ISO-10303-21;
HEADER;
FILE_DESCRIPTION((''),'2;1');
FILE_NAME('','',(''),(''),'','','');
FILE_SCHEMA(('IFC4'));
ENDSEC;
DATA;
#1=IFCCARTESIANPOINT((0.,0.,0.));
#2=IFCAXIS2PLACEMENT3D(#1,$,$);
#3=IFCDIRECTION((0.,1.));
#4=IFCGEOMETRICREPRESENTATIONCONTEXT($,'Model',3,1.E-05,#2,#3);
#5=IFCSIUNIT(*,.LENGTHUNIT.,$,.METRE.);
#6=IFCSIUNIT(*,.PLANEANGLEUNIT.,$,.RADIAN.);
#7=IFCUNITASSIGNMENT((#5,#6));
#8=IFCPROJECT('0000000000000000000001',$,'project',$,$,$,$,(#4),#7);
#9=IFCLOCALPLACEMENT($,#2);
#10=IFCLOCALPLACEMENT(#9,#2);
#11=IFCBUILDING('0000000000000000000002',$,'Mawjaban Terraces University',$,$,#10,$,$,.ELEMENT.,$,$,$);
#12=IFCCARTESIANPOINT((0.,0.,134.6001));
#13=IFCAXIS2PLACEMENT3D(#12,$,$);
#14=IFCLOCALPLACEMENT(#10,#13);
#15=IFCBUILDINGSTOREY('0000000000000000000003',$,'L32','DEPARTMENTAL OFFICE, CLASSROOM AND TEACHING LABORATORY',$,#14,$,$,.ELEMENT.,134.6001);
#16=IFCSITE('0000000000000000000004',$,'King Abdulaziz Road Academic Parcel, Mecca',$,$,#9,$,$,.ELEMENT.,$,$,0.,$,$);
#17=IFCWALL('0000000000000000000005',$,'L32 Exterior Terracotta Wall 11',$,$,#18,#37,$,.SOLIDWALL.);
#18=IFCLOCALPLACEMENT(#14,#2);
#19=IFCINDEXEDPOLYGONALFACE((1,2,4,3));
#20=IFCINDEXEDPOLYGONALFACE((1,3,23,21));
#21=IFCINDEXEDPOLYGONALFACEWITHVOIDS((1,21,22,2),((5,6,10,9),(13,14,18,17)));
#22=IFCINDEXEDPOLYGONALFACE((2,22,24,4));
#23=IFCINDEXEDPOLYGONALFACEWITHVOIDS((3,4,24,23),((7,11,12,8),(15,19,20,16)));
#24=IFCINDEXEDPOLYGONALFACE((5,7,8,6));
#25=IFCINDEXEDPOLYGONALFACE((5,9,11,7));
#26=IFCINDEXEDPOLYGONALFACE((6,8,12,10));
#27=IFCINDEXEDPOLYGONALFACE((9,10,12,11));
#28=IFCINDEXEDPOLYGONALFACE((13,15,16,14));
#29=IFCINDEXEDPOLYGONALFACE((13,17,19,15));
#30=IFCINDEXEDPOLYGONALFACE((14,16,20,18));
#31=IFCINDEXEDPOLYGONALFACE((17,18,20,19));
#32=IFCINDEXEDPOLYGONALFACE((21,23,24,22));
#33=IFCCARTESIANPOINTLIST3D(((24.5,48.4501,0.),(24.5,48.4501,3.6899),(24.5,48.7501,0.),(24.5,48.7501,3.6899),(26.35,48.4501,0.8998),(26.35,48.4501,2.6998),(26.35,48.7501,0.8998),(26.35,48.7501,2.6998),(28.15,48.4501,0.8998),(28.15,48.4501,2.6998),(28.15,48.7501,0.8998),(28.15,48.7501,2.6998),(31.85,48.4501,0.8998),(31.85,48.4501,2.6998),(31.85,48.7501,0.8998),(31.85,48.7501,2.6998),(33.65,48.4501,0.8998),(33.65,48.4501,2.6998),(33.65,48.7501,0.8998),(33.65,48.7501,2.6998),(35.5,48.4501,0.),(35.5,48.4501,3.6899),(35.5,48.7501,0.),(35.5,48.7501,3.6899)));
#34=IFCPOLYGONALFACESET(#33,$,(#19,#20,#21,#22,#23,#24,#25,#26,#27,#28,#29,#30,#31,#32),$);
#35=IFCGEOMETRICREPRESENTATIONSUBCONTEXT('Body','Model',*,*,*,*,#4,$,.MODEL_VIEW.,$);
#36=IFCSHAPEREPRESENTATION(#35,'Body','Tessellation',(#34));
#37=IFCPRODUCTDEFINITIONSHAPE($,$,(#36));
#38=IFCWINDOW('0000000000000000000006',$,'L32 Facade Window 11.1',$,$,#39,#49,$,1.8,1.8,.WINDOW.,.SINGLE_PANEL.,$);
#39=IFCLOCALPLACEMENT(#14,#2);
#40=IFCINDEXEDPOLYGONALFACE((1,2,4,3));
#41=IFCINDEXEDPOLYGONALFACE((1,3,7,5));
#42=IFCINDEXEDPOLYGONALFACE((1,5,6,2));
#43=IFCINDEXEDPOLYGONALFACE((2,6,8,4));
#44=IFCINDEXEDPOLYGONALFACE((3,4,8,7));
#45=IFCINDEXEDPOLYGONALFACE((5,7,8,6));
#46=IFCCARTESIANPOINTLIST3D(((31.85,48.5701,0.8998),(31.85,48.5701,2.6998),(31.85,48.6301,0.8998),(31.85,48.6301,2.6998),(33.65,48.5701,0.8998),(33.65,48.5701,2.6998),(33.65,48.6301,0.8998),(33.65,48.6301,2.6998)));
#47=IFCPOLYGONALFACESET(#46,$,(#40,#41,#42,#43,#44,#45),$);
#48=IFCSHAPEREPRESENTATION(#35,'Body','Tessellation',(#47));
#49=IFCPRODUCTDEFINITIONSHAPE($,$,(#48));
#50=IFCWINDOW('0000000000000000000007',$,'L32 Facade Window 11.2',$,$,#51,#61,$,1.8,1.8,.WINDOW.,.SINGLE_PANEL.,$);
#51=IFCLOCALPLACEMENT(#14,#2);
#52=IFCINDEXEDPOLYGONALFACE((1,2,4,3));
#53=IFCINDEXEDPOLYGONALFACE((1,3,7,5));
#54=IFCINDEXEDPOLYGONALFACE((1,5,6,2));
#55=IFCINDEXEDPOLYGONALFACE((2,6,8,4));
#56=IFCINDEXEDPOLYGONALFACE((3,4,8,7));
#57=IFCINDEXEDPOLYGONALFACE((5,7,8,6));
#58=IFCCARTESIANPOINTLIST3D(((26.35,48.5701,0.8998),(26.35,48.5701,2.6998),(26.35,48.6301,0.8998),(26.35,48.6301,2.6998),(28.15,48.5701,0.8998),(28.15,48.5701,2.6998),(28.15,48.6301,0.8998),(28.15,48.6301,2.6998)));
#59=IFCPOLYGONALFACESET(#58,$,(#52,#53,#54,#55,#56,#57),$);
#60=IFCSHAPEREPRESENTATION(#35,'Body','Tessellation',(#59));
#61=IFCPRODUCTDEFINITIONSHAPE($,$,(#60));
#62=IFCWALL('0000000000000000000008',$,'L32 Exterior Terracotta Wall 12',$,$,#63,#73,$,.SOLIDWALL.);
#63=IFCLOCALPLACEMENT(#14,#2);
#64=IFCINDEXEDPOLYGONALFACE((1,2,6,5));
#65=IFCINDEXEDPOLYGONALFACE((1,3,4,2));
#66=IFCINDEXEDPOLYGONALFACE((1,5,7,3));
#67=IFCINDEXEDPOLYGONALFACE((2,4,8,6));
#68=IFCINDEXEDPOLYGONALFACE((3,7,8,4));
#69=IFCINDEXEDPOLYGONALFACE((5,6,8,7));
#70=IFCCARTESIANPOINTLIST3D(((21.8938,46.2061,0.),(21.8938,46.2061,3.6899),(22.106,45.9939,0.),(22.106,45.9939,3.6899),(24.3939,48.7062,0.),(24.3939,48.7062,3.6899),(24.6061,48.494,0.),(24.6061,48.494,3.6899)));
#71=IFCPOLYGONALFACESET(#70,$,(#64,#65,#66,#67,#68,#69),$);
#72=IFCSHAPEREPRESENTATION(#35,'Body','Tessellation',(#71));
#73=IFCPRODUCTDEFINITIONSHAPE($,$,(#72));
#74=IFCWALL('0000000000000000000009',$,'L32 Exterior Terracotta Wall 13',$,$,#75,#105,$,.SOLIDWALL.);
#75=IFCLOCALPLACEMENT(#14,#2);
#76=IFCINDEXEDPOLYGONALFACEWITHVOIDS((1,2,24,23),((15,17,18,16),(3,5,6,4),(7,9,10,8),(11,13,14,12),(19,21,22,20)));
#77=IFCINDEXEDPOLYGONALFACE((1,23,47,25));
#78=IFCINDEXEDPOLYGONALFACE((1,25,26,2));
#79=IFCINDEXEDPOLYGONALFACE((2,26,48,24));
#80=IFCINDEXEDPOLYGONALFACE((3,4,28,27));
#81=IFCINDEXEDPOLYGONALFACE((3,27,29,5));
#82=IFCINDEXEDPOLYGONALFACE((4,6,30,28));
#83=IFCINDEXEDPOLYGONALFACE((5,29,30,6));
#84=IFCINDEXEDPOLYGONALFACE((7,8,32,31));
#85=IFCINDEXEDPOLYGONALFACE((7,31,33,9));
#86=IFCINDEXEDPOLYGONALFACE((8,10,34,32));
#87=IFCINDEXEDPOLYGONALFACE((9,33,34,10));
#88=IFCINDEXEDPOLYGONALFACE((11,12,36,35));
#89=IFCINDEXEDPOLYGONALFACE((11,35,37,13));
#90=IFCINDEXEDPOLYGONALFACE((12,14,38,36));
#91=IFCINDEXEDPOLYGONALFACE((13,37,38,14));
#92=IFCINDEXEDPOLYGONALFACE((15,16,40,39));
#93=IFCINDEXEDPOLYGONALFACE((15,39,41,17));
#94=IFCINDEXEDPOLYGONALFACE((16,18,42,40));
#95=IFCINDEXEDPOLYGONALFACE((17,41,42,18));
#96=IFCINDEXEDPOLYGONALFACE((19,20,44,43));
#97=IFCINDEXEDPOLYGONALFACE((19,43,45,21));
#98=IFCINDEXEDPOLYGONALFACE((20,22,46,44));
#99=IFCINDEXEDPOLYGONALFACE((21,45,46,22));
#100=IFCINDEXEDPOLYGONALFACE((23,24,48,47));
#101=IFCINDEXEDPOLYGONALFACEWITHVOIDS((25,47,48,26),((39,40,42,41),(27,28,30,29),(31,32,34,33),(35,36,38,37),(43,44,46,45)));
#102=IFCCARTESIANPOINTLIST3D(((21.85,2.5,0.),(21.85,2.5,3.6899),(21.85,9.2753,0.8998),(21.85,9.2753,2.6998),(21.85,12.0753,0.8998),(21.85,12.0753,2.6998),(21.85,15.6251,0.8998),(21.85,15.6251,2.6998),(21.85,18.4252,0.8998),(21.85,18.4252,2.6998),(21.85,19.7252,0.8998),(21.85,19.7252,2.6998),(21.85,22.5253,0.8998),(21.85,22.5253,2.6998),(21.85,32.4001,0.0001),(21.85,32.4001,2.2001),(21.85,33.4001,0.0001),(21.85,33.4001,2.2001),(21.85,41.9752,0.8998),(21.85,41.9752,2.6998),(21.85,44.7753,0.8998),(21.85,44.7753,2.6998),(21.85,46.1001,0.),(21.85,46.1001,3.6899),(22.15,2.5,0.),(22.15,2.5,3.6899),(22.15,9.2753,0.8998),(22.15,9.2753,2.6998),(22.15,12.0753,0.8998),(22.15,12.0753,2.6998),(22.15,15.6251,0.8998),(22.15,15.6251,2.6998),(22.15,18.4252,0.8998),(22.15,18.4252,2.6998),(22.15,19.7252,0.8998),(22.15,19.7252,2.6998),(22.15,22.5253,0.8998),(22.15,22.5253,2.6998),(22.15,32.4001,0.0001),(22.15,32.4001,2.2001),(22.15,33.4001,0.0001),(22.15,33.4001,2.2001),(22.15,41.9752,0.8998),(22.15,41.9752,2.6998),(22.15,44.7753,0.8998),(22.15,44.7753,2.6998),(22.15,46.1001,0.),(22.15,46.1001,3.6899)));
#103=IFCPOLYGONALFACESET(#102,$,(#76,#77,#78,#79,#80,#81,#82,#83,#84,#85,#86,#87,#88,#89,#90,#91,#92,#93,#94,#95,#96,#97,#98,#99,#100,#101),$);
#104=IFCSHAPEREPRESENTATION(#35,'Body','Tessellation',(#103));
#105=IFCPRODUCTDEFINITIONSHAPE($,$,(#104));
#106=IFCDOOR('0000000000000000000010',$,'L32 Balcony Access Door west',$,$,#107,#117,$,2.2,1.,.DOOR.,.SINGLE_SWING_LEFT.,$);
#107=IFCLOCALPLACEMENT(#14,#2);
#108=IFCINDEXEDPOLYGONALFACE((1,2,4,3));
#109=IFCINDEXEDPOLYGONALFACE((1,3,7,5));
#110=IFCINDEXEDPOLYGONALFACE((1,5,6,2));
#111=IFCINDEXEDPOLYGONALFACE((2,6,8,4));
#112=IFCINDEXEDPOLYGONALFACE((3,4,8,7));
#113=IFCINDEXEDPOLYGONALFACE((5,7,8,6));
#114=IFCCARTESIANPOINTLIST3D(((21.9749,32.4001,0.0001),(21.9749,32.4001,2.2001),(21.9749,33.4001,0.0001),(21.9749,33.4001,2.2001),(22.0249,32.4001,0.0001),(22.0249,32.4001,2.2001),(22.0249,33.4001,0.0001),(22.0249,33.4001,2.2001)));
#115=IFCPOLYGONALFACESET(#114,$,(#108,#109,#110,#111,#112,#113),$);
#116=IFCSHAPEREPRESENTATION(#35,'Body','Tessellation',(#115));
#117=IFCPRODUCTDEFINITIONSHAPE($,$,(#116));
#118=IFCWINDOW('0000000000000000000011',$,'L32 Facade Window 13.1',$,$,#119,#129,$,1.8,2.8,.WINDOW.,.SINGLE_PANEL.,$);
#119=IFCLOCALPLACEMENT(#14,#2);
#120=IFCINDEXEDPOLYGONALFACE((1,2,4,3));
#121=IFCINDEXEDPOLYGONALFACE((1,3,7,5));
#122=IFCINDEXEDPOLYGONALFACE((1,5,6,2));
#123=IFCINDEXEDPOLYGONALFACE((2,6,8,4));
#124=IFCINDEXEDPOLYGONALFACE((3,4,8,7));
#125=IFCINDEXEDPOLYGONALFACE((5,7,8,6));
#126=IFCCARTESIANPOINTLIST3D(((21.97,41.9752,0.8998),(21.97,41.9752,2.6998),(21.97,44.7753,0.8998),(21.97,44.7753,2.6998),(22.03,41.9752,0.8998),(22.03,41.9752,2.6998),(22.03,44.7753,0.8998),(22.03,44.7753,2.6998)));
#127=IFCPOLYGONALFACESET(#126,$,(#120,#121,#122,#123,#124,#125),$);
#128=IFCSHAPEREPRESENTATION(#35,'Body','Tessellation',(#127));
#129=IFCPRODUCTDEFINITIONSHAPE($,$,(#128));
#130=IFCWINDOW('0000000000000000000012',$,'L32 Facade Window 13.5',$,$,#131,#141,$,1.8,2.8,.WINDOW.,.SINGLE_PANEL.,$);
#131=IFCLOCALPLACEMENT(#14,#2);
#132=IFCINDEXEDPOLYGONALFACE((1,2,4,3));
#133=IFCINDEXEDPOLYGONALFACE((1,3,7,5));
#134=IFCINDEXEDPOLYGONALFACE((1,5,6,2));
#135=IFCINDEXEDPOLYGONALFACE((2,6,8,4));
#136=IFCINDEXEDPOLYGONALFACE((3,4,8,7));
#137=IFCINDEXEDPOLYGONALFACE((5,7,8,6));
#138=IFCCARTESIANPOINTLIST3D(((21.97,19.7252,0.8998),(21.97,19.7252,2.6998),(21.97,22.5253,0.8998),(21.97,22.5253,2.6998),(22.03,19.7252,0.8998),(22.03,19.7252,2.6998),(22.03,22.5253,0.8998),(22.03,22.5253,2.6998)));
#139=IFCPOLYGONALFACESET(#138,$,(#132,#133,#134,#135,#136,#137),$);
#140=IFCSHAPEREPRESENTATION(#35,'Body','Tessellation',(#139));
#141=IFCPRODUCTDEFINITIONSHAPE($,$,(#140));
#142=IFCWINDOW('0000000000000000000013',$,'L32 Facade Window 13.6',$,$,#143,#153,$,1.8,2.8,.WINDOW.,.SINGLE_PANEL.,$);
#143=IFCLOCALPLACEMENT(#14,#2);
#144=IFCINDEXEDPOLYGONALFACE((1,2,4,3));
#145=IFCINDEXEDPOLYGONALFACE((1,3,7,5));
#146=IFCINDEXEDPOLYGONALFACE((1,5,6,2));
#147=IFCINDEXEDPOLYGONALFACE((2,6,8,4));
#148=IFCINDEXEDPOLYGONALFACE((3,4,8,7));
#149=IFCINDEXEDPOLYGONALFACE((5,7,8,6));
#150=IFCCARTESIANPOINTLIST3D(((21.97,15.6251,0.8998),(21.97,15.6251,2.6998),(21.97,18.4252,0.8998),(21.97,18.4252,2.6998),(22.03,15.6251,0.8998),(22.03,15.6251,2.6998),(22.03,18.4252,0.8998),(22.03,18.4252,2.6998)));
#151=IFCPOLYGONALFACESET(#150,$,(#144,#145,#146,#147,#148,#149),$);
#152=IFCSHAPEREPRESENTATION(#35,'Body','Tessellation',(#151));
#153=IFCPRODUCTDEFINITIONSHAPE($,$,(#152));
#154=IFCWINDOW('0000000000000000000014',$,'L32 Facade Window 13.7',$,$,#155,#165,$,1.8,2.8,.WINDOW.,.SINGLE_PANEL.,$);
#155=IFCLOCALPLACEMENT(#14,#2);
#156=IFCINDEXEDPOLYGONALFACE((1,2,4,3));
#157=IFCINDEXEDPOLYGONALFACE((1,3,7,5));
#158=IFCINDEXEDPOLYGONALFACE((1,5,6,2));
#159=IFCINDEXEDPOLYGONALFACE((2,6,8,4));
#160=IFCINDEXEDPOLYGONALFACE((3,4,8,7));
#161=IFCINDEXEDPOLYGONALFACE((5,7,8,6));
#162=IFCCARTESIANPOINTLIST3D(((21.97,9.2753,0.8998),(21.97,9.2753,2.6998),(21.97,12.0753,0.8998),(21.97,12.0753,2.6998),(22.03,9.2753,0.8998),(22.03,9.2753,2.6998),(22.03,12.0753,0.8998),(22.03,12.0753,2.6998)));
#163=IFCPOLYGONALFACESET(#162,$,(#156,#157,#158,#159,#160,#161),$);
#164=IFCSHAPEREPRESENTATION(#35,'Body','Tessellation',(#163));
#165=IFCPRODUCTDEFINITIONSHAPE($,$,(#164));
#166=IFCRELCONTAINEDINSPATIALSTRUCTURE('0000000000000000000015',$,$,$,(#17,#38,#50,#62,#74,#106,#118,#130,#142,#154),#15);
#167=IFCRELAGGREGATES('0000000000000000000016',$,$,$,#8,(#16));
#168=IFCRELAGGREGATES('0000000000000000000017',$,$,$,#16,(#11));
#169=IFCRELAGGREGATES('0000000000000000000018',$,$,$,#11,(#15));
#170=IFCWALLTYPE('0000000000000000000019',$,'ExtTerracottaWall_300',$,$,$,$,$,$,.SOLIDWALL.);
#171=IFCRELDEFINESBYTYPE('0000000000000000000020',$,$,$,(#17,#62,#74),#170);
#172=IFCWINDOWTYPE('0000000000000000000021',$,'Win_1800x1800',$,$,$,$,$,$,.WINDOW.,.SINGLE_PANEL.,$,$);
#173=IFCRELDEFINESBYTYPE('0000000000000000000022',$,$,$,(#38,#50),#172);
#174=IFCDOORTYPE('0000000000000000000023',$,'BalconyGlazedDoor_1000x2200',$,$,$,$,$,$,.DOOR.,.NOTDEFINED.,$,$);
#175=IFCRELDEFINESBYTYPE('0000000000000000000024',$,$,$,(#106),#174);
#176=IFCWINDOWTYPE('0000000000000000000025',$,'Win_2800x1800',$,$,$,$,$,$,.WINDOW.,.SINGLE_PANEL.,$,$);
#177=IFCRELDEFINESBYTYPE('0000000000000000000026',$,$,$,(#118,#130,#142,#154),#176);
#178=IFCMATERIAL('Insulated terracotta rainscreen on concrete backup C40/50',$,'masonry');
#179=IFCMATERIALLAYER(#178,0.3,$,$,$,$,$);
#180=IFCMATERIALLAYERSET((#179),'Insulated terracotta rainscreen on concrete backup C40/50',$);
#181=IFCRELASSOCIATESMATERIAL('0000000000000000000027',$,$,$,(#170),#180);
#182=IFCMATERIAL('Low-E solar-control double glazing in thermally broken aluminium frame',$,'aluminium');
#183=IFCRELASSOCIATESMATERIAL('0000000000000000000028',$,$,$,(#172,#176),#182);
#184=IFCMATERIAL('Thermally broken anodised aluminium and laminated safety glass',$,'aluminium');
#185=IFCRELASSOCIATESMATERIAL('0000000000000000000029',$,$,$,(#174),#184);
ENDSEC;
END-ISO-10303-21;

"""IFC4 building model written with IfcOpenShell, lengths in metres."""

from ifc_helpers import new_model, si_unit, direction, frame, frame_2d, origin, place, context, subcontext, project, spatial, rectangle, extrude, material, layer, layer_set, type_object, element, fill, save


model = new_model("IFC4")

# Units and contexts
model_context = context("Model", 3, precision=1e-05, world=origin(), true_north=direction((0.0, 1.0)))
body_context = subcontext(model_context, "Body", "Model", "MODEL_VIEW")
ifc_project = project(units=[si_unit("LENGTHUNIT", "METRE"), si_unit("PLANEANGLEUNIT", "RADIAN")], contexts=[model_context])

# Site, building, storey
site_placement = place(None, origin())
site = spatial("IfcSite", under=ifc_project, at=site_placement, Name="King Abdulaziz Road Academic Parcel, Mecca", CompositionType="ELEMENT", RefElevation=0.0)
building_placement = place(site_placement, origin())
building = spatial("IfcBuilding", under=site, at=building_placement, Name="Mawjaban Terraces University", CompositionType="ELEMENT")
storey_placement = place(building_placement, frame((0.0, 0.0, 134.6001)))
storey = spatial("IfcBuildingStorey", under=building, at=storey_placement, Name="L32", Description="DEPARTMENTAL OFFICE, CLASSROOM AND TEACHING LABORATORY", CompositionType="ELEMENT", Elevation=134.6001)

# Wall, openings, windows
ifc_material_1 = material(Name="Insulated terracotta rainscreen on concrete backup C40/50", Category="masonry")
ifc_layer_1 = layer(ifc_material_1, 0.3)
ifc_layer_set_1 = layer_set([ifc_layer_1], Name="Insulated terracotta rainscreen on concrete backup C40/50")
wall_type_1 = type_object("IfcWallType", Name="ExtTerracottaWall_300", PredefinedType="SOLIDWALL", material=ifc_layer_set_1)
wall_1_placement = place(storey_placement, frame((35.5, 48.6001, 0.0), z_axis=(0.0, 0.0, 1.0), x_axis=(-1.0, 0.0, 0.0)))
wall_1 = element("IfcWall", 1, at=wall_1_placement, inside=storey, type_object=wall_type_1, Name="L32 Exterior Terracotta Wall 11", PredefinedType="SOLIDWALL", context=body_context, shape_type="SweptSolid", body=[
    extrude(rectangle(XDim=11.0, YDim=0.3, at=frame_2d((5.5, 0.0))), origin(), (0.0, 0.0, 1.0), 3.6899),
])
opening_1_placement = place(wall_1_placement, frame((1.8501, 0.0, 0.8999)))
opening_1 = element("IfcOpeningElement", 2, at=opening_1_placement, cuts=wall_1, PredefinedType="OPENING", context=body_context, shape_type="SweptSolid", body=[
    extrude(rectangle(XDim=1.8, YDim=1.8, at=frame_2d((0.8999, 0.8999))), frame((0.0, 0.1599, 0.0), z_axis=(0.0, -1.0, 0.0), x_axis=(1.0, 0.0, 0.0)), (0.0, 0.0, 1.0), 0.3201),
])
opening_2_placement = place(wall_1_placement, frame((7.3501, 0.0, 0.8999)))
opening_2 = element("IfcOpeningElement", 3, at=opening_2_placement, cuts=wall_1, PredefinedType="OPENING", context=body_context, shape_type="SweptSolid", body=[
    extrude(rectangle(XDim=1.8, YDim=1.8, at=frame_2d((0.8999, 0.8999))), frame((0.0, 0.1599, 0.0), z_axis=(0.0, -1.0, 0.0), x_axis=(1.0, 0.0, 0.0)), (0.0, 0.0, 1.0), 0.3201),
])
ifc_material_2 = material(Name="Low-E solar-control double glazing in thermally broken aluminium frame", Category="aluminium")
window_type_1 = type_object("IfcWindowType", Name="Win_1800x1800", PartitioningType="SINGLE_PANEL", PredefinedType="WINDOW", material=ifc_material_2)
window_1_placement = place(opening_1_placement, origin())
window_1 = element("IfcWindow", 4, at=window_1_placement, inside=storey, type_object=window_type_1, Name="L32 Facade Window 11.1", OverallHeight=1.8, OverallWidth=1.8, PartitioningType="SINGLE_PANEL", PredefinedType="WINDOW", context=body_context, shape_type="SweptSolid", body=[
    extrude(rectangle(XDim=1.8, YDim=1.8, at=frame_2d((0.8999, 0.8999))), frame((0.0, 0.03, 0.0), z_axis=(0.0, -1.0, 0.0), x_axis=(1.0, 0.0, 0.0)), (0.0, 0.0, 1.0), 0.0601),
])
fill(opening_1, window_1)
window_2_placement = place(opening_2_placement, origin())
window_2 = element("IfcWindow", 5, at=window_2_placement, inside=storey, type_object=window_type_1, Name="L32 Facade Window 11.2", OverallHeight=1.8, OverallWidth=1.8, PartitioningType="SINGLE_PANEL", PredefinedType="WINDOW", context=body_context, shape_type="SweptSolid", body=[
    extrude(rectangle(XDim=1.8, YDim=1.8, at=frame_2d((0.8999, 0.8999))), frame((0.0, 0.03, 0.0), z_axis=(0.0, -1.0, 0.0), x_axis=(1.0, 0.0, 0.0)), (0.0, 0.0, 1.0), 0.0601),
])
fill(opening_2, window_2)

# Wall
wall_2_placement = place(storey_placement, frame((24.5, 48.6001, 0.0), z_axis=(0.0, 0.0, 1.0), x_axis=(-0.707107, -0.707107, 0.0)))
element("IfcWall", 6, at=wall_2_placement, inside=storey, type_object=wall_type_1, Name="L32 Exterior Terracotta Wall 12", PredefinedType="SOLIDWALL", context=body_context, shape_type="SweptSolid", body=[
    extrude(rectangle(XDim=3.5356, YDim=0.3, at=frame_2d((1.7678, 0.0))), origin(), (0.0, 0.0, 1.0), 3.6899),
])

# Wall, openings, door, windows
wall_3_placement = place(storey_placement, frame((22.0, 46.1001, 0.0), z_axis=(0.0, 0.0, 1.0), x_axis=(0.0, -1.0, 0.0)))
wall_3 = element("IfcWall", 7, at=wall_3_placement, inside=storey, type_object=wall_type_1, Name="L32 Exterior Terracotta Wall 13", PredefinedType="SOLIDWALL", context=body_context, shape_type="SweptSolid", body=[
    extrude(rectangle(XDim=43.6001, YDim=0.3, at=frame_2d((21.8, 0.0))), origin(), (0.0, 0.0, 1.0), 3.6899),
])
opening_3_placement = place(wall_3_placement, frame((12.7, 0.0, 0.0)))
opening_3 = element("IfcOpeningElement", 8, at=opening_3_placement, cuts=wall_3, PredefinedType="OPENING", context=body_context, shape_type="SweptSolid", body=[
    extrude(rectangle(XDim=1.0, YDim=2.2, at=frame_2d((0.5, 1.1001))), frame((0.0, 0.1599, 0.0), z_axis=(0.0, -1.0, 0.0), x_axis=(1.0, 0.0, 0.0)), (0.0, 0.0, 1.0), 0.3201),
])
opening_4_placement = place(wall_3_placement, frame((1.325, 0.0, 0.8999)))
opening_4 = element("IfcOpeningElement", 9, at=opening_4_placement, cuts=wall_3, PredefinedType="OPENING", context=body_context, shape_type="SweptSolid", body=[
    extrude(rectangle(XDim=2.8, YDim=1.8, at=frame_2d((1.3999, 0.8999))), frame((0.0, 0.1599, 0.0), z_axis=(0.0, -1.0, 0.0), x_axis=(1.0, 0.0, 0.0)), (0.0, 0.0, 1.0), 0.3201),
])
opening_5_placement = place(wall_3_placement, frame((23.575, 0.0, 0.8999)))
opening_5 = element("IfcOpeningElement", 10, at=opening_5_placement, cuts=wall_3, PredefinedType="OPENING", context=body_context, shape_type="SweptSolid", body=[
    extrude(rectangle(XDim=2.8, YDim=1.8, at=frame_2d((1.3999, 0.8999))), frame((0.0, 0.1599, 0.0), z_axis=(0.0, -1.0, 0.0), x_axis=(1.0, 0.0, 0.0)), (0.0, 0.0, 1.0), 0.3201),
])
opening_6_placement = place(wall_3_placement, frame((27.675, 0.0, 0.8999)))
opening_6 = element("IfcOpeningElement", 11, at=opening_6_placement, cuts=wall_3, PredefinedType="OPENING", context=body_context, shape_type="SweptSolid", body=[
    extrude(rectangle(XDim=2.8, YDim=1.8, at=frame_2d((1.3999, 0.8999))), frame((0.0, 0.1599, 0.0), z_axis=(0.0, -1.0, 0.0), x_axis=(1.0, 0.0, 0.0)), (0.0, 0.0, 1.0), 0.3201),
])
opening_7_placement = place(wall_3_placement, frame((34.0249, 0.0, 0.8999)))
opening_7 = element("IfcOpeningElement", 12, at=opening_7_placement, cuts=wall_3, PredefinedType="OPENING", context=body_context, shape_type="SweptSolid", body=[
    extrude(rectangle(XDim=2.8, YDim=1.8, at=frame_2d((1.3999, 0.8999))), frame((0.0, 0.1599, 0.0), z_axis=(0.0, -1.0, 0.0), x_axis=(1.0, 0.0, 0.0)), (0.0, 0.0, 1.0), 0.3201),
])
ifc_material_3 = material(Name="Thermally broken anodised aluminium and laminated safety glass", Category="aluminium")
door_type_1 = type_object("IfcDoorType", Name="BalconyGlazedDoor_1000x2200", OperationType="NOTDEFINED", PredefinedType="DOOR", material=ifc_material_3)
door_1_placement = place(opening_3_placement, origin())
door_1 = element("IfcDoor", 13, at=door_1_placement, inside=storey, type_object=door_type_1, Name="L32 Balcony Access Door west", OperationType="SINGLE_SWING_LEFT", OverallHeight=2.2, OverallWidth=1.0, PredefinedType="DOOR", context=body_context, shape_type="SweptSolid", body=[
    extrude(rectangle(XDim=1.0, YDim=2.2, at=frame_2d((0.5, 1.1001))), frame((0.0, 0.0249, 0.0), z_axis=(0.0, -1.0, 0.0), x_axis=(1.0, 0.0, 0.0)), (0.0, 0.0, 1.0), 0.05),
])
fill(opening_3, door_1)
window_type_2 = type_object("IfcWindowType", Name="Win_2800x1800", PartitioningType="SINGLE_PANEL", PredefinedType="WINDOW", material=ifc_material_2)
window_3_placement = place(opening_4_placement, origin())
window_3 = element("IfcWindow", 14, at=window_3_placement, inside=storey, type_object=window_type_2, Name="L32 Facade Window 13.1", OverallHeight=1.8, OverallWidth=2.8, PartitioningType="SINGLE_PANEL", PredefinedType="WINDOW", context=body_context, shape_type="SweptSolid", body=[
    extrude(rectangle(XDim=2.8, YDim=1.8, at=frame_2d((1.3999, 0.8999))), frame((0.0, 0.03, 0.0), z_axis=(0.0, -1.0, 0.0), x_axis=(1.0, 0.0, 0.0)), (0.0, 0.0, 1.0), 0.0601),
])
fill(opening_4, window_3)
window_4_placement = place(opening_5_placement, origin())
window_4 = element("IfcWindow", 15, at=window_4_placement, inside=storey, type_object=window_type_2, Name="L32 Facade Window 13.5", OverallHeight=1.8, OverallWidth=2.8, PartitioningType="SINGLE_PANEL", PredefinedType="WINDOW", context=body_context, shape_type="SweptSolid", body=[
    extrude(rectangle(XDim=2.8, YDim=1.8, at=frame_2d((1.3999, 0.8999))), frame((0.0, 0.03, 0.0), z_axis=(0.0, -1.0, 0.0), x_axis=(1.0, 0.0, 0.0)), (0.0, 0.0, 1.0), 0.0601),
])
fill(opening_5, window_4)
window_5_placement = place(opening_6_placement, origin())
window_5 = element("IfcWindow", 16, at=window_5_placement, inside=storey, type_object=window_type_2, Name="L32 Facade Window 13.6", OverallHeight=1.8, OverallWidth=2.8, PartitioningType="SINGLE_PANEL", PredefinedType="WINDOW", context=body_context, shape_type="SweptSolid", body=[
    extrude(rectangle(XDim=2.8, YDim=1.8, at=frame_2d((1.3999, 0.8999))), frame((0.0, 0.03, 0.0), z_axis=(0.0, -1.0, 0.0), x_axis=(1.0, 0.0, 0.0)), (0.0, 0.0, 1.0), 0.0601),
])
fill(opening_6, window_5)
window_6_placement = place(opening_7_placement, origin())
window_6 = element("IfcWindow", 17, at=window_6_placement, inside=storey, type_object=window_type_2, Name="L32 Facade Window 13.7", OverallHeight=1.8, OverallWidth=2.8, PartitioningType="SINGLE_PANEL", PredefinedType="WINDOW", context=body_context, shape_type="SweptSolid", body=[
    extrude(rectangle(XDim=2.8, YDim=1.8, at=frame_2d((1.3999, 0.8999))), frame((0.0, 0.03, 0.0), z_axis=(0.0, -1.0, 0.0), x_axis=(1.0, 0.0, 0.0)), (0.0, 0.0, 1.0), 0.0601),
])
fill(opening_7, window_6)

save(model, "model.ifc")
